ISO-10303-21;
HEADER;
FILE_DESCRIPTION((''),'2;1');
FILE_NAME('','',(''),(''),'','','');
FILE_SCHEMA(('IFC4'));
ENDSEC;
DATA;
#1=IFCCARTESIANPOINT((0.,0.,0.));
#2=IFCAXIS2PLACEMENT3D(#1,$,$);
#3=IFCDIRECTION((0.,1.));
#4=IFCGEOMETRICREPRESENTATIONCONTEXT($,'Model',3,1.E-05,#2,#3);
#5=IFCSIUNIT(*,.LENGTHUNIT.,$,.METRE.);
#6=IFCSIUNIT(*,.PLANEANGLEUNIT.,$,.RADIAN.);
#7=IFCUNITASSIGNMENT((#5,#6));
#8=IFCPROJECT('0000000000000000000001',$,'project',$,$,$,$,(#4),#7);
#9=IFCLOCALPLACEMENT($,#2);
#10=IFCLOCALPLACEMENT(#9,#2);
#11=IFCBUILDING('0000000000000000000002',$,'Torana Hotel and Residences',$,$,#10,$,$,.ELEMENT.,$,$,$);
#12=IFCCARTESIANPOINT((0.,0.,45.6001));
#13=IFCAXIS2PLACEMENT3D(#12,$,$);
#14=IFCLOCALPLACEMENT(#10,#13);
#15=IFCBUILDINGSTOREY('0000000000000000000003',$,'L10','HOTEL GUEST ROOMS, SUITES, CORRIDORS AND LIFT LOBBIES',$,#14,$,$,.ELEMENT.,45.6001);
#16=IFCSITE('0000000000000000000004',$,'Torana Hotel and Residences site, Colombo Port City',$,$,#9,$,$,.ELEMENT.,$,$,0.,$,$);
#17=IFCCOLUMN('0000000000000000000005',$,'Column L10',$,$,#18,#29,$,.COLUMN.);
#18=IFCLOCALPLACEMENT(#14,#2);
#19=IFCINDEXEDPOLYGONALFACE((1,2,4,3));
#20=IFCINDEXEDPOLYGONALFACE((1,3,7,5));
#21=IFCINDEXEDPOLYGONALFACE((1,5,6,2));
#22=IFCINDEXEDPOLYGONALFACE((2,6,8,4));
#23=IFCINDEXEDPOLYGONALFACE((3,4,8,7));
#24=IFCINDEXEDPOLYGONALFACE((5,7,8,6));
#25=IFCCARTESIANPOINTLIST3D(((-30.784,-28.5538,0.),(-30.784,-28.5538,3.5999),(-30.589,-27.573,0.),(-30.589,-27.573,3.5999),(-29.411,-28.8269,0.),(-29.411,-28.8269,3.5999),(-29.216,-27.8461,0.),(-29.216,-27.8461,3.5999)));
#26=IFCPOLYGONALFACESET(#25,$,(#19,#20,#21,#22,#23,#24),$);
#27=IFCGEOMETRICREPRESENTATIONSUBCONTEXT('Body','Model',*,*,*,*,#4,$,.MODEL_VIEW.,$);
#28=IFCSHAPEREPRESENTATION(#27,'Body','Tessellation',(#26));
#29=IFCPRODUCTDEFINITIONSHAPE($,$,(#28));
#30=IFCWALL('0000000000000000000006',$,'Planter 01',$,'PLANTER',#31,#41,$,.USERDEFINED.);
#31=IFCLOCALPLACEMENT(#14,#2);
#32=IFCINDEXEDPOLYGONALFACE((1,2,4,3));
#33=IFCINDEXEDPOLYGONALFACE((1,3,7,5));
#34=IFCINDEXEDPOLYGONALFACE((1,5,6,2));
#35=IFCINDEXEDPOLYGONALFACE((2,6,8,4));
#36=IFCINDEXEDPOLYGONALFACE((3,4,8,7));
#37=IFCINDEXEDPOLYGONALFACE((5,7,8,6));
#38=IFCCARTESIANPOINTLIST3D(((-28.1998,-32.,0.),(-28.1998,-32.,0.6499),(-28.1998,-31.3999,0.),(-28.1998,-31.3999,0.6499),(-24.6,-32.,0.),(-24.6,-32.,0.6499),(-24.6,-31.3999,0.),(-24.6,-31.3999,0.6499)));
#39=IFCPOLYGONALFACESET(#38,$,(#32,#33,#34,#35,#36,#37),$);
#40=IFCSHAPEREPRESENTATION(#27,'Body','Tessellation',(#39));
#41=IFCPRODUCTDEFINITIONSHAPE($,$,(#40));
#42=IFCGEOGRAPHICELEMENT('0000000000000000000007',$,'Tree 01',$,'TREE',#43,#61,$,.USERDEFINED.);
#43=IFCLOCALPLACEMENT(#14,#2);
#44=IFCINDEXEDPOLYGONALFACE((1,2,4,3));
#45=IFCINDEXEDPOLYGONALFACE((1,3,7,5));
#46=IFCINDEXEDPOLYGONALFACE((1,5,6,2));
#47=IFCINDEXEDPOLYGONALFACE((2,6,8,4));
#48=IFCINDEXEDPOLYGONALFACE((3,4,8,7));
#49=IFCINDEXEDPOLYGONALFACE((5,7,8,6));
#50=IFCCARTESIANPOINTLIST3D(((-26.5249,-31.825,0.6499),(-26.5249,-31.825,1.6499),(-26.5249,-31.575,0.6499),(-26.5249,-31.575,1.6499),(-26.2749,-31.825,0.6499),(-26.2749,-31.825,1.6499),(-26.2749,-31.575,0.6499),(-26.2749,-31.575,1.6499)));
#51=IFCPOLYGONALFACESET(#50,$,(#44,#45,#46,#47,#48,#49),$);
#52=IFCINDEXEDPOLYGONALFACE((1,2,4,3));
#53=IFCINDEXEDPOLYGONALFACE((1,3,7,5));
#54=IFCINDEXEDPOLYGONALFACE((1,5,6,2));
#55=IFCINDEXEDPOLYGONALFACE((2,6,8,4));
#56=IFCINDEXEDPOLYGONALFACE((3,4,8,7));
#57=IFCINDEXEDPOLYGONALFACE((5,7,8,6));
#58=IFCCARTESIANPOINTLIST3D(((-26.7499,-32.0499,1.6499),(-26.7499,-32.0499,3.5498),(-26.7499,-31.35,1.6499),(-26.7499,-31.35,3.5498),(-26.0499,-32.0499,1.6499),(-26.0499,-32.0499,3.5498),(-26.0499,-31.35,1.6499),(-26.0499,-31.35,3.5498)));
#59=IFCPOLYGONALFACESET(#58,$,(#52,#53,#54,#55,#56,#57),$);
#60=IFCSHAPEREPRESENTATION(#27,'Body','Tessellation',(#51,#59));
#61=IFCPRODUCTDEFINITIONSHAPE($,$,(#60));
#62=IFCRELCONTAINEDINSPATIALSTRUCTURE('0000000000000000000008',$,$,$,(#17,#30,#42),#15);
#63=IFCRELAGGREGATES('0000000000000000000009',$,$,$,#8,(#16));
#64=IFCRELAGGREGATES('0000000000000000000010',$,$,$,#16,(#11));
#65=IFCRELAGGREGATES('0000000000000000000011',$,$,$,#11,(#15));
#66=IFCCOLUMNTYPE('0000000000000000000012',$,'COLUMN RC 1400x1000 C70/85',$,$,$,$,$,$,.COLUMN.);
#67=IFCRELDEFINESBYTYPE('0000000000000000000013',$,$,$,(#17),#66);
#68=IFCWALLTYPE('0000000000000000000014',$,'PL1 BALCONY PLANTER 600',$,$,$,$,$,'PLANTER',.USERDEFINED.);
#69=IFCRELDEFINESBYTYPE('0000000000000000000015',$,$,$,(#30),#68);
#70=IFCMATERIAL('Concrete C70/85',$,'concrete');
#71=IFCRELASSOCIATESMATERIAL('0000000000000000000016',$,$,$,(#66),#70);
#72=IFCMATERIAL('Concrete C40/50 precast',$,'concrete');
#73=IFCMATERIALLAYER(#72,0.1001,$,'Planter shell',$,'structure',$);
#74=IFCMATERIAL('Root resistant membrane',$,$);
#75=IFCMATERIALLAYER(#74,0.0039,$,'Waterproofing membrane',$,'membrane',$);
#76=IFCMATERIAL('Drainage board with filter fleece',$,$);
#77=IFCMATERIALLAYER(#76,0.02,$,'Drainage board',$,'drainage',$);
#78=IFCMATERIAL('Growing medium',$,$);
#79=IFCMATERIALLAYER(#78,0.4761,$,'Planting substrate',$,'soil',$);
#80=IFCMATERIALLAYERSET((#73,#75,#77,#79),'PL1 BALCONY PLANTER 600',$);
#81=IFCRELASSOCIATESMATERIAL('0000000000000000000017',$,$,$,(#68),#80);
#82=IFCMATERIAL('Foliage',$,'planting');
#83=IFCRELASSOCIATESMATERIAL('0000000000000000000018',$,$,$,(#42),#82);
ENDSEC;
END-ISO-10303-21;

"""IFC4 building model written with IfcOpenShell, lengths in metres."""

from ifc_helpers import new_model, si_unit, direction, frame, frame_2d, origin, origin_2d, place, context, subcontext, project, spatial, rectangle, extrude, material, layer, layer_set, material_profile, profile_set, type_object, element, save


model = new_model("IFC4")

# Units and contexts
model_context = context("Model", 3, precision=1e-05, world=origin(), true_north=direction((0.0, 1.0)))
body_context = subcontext(model_context, "Body", "Model", "MODEL_VIEW")
ifc_project = project(units=[si_unit("LENGTHUNIT", "METRE"), si_unit("PLANEANGLEUNIT", "RADIAN")], contexts=[model_context])

# Site, building, storey
site_placement = place(None, origin())
site = spatial("IfcSite", under=ifc_project, at=site_placement, Name="Torana Hotel and Residences site, Colombo Port City", CompositionType="ELEMENT", RefElevation=0.0)
building_placement = place(site_placement, origin())
building = spatial("IfcBuilding", under=site, at=building_placement, Name="Torana Hotel and Residences", CompositionType="ELEMENT")
storey_placement = place(building_placement, frame((0.0, 0.0, 45.6001)))
storey = spatial("IfcBuildingStorey", under=building, at=storey_placement, Name="L10", Description="HOTEL GUEST ROOMS, SUITES, CORRIDORS AND LIFT LOBBIES", CompositionType="ELEMENT", Elevation=45.6001)

# Column
ifc_material_1 = material(Name="Concrete C70/85", Category="concrete")
ifc_material_profile = material_profile(ifc_material_1, rectangle(XDim=1.3999, YDim=1.0, at=origin_2d()), Name="RC 1400x1000")
ifc_profile_set = profile_set([ifc_material_profile], Name="Concrete C70/85")
column_type = type_object("IfcColumnType", Name="COLUMN RC 1400x1000 C70/85", PredefinedType="COLUMN", material=ifc_profile_set)
column_placement = place(storey_placement, frame((-30.0, -28.2, 0.0), z_axis=(0.0, 0.0, 1.0), x_axis=(-0.980792, 0.195056, 0.0)))
element("IfcColumn", 1, at=column_placement, inside=storey, type_object=column_type, Name="Column L10", PredefinedType="COLUMN", context=body_context, shape_type="SweptSolid", body=[
    extrude(rectangle(XDim=1.3999, YDim=1.0, at=origin_2d()), origin(), (0.0, 0.0, 1.0), 3.5999),
])

# Wall
ifc_material_2 = material(Name="Concrete C40/50 precast", Category="concrete")
ifc_layer_1 = layer(ifc_material_2, 0.1001, Name="Planter shell", Category="structure")
ifc_material_3 = material(Name="Root resistant membrane")
ifc_layer_2 = layer(ifc_material_3, 0.0039, Name="Waterproofing membrane", Category="membrane")
ifc_material_4 = material(Name="Drainage board with filter fleece")
ifc_layer_3 = layer(ifc_material_4, 0.02, Name="Drainage board", Category="drainage")
ifc_material_5 = material(Name="Growing medium")
ifc_layer_4 = layer(ifc_material_5, 0.4761, Name="Planting substrate", Category="soil")
ifc_layer_set_1 = layer_set([ifc_layer_1, ifc_layer_2, ifc_layer_3, ifc_layer_4], Name="PL1 BALCONY PLANTER 600")
wall_type_1 = type_object("IfcWallType", Name="PL1 BALCONY PLANTER 600", ElementType="PLANTER", PredefinedType="USERDEFINED", material=ifc_layer_set_1)
wall_1_placement = place(storey_placement, frame((-24.6001, -31.7, 0.0), z_axis=(0.0, 0.0, 1.0), x_axis=(-1.0, 0.0, 0.0)))
element("IfcWall", 2, at=wall_1_placement, inside=storey, type_object=wall_type_1, Name="Planter 01", ObjectType="PLANTER", PredefinedType="USERDEFINED", context=body_context, shape_type="SweptSolid", body=[
    extrude(rectangle(XDim=3.5999, YDim=0.6001, at=frame_2d((1.7998, 0.0))), origin(), (0.0, 0.0, 1.0), 0.6499),
])

# Geographic element
ifc_material_6 = material(Name="Foliage", Category="planting")
geographic_element_placement = place(storey_placement, frame((-26.3999, -31.7, 0.6499), z_axis=(0.0, 0.0, 1.0), x_axis=(1.0, 0.0, 0.0)))
element("IfcGeographicElement", 3, at=geographic_element_placement, inside=storey, material=ifc_material_6, Name="Tree 01", ObjectType="TREE", PredefinedType="USERDEFINED", context=body_context, shape_type="SweptSolid", body=[
    extrude(rectangle(XDim=0.25, YDim=0.25, at=origin_2d()), origin(), (0.0, 0.0, 1.0), 1.0),
    extrude(rectangle(XDim=0.7, YDim=0.7, at=origin_2d()), frame((0.0, 0.0, 1.0)), (0.0, 0.0, 1.0), 1.8999),
])

save(model, "model.ifc")
